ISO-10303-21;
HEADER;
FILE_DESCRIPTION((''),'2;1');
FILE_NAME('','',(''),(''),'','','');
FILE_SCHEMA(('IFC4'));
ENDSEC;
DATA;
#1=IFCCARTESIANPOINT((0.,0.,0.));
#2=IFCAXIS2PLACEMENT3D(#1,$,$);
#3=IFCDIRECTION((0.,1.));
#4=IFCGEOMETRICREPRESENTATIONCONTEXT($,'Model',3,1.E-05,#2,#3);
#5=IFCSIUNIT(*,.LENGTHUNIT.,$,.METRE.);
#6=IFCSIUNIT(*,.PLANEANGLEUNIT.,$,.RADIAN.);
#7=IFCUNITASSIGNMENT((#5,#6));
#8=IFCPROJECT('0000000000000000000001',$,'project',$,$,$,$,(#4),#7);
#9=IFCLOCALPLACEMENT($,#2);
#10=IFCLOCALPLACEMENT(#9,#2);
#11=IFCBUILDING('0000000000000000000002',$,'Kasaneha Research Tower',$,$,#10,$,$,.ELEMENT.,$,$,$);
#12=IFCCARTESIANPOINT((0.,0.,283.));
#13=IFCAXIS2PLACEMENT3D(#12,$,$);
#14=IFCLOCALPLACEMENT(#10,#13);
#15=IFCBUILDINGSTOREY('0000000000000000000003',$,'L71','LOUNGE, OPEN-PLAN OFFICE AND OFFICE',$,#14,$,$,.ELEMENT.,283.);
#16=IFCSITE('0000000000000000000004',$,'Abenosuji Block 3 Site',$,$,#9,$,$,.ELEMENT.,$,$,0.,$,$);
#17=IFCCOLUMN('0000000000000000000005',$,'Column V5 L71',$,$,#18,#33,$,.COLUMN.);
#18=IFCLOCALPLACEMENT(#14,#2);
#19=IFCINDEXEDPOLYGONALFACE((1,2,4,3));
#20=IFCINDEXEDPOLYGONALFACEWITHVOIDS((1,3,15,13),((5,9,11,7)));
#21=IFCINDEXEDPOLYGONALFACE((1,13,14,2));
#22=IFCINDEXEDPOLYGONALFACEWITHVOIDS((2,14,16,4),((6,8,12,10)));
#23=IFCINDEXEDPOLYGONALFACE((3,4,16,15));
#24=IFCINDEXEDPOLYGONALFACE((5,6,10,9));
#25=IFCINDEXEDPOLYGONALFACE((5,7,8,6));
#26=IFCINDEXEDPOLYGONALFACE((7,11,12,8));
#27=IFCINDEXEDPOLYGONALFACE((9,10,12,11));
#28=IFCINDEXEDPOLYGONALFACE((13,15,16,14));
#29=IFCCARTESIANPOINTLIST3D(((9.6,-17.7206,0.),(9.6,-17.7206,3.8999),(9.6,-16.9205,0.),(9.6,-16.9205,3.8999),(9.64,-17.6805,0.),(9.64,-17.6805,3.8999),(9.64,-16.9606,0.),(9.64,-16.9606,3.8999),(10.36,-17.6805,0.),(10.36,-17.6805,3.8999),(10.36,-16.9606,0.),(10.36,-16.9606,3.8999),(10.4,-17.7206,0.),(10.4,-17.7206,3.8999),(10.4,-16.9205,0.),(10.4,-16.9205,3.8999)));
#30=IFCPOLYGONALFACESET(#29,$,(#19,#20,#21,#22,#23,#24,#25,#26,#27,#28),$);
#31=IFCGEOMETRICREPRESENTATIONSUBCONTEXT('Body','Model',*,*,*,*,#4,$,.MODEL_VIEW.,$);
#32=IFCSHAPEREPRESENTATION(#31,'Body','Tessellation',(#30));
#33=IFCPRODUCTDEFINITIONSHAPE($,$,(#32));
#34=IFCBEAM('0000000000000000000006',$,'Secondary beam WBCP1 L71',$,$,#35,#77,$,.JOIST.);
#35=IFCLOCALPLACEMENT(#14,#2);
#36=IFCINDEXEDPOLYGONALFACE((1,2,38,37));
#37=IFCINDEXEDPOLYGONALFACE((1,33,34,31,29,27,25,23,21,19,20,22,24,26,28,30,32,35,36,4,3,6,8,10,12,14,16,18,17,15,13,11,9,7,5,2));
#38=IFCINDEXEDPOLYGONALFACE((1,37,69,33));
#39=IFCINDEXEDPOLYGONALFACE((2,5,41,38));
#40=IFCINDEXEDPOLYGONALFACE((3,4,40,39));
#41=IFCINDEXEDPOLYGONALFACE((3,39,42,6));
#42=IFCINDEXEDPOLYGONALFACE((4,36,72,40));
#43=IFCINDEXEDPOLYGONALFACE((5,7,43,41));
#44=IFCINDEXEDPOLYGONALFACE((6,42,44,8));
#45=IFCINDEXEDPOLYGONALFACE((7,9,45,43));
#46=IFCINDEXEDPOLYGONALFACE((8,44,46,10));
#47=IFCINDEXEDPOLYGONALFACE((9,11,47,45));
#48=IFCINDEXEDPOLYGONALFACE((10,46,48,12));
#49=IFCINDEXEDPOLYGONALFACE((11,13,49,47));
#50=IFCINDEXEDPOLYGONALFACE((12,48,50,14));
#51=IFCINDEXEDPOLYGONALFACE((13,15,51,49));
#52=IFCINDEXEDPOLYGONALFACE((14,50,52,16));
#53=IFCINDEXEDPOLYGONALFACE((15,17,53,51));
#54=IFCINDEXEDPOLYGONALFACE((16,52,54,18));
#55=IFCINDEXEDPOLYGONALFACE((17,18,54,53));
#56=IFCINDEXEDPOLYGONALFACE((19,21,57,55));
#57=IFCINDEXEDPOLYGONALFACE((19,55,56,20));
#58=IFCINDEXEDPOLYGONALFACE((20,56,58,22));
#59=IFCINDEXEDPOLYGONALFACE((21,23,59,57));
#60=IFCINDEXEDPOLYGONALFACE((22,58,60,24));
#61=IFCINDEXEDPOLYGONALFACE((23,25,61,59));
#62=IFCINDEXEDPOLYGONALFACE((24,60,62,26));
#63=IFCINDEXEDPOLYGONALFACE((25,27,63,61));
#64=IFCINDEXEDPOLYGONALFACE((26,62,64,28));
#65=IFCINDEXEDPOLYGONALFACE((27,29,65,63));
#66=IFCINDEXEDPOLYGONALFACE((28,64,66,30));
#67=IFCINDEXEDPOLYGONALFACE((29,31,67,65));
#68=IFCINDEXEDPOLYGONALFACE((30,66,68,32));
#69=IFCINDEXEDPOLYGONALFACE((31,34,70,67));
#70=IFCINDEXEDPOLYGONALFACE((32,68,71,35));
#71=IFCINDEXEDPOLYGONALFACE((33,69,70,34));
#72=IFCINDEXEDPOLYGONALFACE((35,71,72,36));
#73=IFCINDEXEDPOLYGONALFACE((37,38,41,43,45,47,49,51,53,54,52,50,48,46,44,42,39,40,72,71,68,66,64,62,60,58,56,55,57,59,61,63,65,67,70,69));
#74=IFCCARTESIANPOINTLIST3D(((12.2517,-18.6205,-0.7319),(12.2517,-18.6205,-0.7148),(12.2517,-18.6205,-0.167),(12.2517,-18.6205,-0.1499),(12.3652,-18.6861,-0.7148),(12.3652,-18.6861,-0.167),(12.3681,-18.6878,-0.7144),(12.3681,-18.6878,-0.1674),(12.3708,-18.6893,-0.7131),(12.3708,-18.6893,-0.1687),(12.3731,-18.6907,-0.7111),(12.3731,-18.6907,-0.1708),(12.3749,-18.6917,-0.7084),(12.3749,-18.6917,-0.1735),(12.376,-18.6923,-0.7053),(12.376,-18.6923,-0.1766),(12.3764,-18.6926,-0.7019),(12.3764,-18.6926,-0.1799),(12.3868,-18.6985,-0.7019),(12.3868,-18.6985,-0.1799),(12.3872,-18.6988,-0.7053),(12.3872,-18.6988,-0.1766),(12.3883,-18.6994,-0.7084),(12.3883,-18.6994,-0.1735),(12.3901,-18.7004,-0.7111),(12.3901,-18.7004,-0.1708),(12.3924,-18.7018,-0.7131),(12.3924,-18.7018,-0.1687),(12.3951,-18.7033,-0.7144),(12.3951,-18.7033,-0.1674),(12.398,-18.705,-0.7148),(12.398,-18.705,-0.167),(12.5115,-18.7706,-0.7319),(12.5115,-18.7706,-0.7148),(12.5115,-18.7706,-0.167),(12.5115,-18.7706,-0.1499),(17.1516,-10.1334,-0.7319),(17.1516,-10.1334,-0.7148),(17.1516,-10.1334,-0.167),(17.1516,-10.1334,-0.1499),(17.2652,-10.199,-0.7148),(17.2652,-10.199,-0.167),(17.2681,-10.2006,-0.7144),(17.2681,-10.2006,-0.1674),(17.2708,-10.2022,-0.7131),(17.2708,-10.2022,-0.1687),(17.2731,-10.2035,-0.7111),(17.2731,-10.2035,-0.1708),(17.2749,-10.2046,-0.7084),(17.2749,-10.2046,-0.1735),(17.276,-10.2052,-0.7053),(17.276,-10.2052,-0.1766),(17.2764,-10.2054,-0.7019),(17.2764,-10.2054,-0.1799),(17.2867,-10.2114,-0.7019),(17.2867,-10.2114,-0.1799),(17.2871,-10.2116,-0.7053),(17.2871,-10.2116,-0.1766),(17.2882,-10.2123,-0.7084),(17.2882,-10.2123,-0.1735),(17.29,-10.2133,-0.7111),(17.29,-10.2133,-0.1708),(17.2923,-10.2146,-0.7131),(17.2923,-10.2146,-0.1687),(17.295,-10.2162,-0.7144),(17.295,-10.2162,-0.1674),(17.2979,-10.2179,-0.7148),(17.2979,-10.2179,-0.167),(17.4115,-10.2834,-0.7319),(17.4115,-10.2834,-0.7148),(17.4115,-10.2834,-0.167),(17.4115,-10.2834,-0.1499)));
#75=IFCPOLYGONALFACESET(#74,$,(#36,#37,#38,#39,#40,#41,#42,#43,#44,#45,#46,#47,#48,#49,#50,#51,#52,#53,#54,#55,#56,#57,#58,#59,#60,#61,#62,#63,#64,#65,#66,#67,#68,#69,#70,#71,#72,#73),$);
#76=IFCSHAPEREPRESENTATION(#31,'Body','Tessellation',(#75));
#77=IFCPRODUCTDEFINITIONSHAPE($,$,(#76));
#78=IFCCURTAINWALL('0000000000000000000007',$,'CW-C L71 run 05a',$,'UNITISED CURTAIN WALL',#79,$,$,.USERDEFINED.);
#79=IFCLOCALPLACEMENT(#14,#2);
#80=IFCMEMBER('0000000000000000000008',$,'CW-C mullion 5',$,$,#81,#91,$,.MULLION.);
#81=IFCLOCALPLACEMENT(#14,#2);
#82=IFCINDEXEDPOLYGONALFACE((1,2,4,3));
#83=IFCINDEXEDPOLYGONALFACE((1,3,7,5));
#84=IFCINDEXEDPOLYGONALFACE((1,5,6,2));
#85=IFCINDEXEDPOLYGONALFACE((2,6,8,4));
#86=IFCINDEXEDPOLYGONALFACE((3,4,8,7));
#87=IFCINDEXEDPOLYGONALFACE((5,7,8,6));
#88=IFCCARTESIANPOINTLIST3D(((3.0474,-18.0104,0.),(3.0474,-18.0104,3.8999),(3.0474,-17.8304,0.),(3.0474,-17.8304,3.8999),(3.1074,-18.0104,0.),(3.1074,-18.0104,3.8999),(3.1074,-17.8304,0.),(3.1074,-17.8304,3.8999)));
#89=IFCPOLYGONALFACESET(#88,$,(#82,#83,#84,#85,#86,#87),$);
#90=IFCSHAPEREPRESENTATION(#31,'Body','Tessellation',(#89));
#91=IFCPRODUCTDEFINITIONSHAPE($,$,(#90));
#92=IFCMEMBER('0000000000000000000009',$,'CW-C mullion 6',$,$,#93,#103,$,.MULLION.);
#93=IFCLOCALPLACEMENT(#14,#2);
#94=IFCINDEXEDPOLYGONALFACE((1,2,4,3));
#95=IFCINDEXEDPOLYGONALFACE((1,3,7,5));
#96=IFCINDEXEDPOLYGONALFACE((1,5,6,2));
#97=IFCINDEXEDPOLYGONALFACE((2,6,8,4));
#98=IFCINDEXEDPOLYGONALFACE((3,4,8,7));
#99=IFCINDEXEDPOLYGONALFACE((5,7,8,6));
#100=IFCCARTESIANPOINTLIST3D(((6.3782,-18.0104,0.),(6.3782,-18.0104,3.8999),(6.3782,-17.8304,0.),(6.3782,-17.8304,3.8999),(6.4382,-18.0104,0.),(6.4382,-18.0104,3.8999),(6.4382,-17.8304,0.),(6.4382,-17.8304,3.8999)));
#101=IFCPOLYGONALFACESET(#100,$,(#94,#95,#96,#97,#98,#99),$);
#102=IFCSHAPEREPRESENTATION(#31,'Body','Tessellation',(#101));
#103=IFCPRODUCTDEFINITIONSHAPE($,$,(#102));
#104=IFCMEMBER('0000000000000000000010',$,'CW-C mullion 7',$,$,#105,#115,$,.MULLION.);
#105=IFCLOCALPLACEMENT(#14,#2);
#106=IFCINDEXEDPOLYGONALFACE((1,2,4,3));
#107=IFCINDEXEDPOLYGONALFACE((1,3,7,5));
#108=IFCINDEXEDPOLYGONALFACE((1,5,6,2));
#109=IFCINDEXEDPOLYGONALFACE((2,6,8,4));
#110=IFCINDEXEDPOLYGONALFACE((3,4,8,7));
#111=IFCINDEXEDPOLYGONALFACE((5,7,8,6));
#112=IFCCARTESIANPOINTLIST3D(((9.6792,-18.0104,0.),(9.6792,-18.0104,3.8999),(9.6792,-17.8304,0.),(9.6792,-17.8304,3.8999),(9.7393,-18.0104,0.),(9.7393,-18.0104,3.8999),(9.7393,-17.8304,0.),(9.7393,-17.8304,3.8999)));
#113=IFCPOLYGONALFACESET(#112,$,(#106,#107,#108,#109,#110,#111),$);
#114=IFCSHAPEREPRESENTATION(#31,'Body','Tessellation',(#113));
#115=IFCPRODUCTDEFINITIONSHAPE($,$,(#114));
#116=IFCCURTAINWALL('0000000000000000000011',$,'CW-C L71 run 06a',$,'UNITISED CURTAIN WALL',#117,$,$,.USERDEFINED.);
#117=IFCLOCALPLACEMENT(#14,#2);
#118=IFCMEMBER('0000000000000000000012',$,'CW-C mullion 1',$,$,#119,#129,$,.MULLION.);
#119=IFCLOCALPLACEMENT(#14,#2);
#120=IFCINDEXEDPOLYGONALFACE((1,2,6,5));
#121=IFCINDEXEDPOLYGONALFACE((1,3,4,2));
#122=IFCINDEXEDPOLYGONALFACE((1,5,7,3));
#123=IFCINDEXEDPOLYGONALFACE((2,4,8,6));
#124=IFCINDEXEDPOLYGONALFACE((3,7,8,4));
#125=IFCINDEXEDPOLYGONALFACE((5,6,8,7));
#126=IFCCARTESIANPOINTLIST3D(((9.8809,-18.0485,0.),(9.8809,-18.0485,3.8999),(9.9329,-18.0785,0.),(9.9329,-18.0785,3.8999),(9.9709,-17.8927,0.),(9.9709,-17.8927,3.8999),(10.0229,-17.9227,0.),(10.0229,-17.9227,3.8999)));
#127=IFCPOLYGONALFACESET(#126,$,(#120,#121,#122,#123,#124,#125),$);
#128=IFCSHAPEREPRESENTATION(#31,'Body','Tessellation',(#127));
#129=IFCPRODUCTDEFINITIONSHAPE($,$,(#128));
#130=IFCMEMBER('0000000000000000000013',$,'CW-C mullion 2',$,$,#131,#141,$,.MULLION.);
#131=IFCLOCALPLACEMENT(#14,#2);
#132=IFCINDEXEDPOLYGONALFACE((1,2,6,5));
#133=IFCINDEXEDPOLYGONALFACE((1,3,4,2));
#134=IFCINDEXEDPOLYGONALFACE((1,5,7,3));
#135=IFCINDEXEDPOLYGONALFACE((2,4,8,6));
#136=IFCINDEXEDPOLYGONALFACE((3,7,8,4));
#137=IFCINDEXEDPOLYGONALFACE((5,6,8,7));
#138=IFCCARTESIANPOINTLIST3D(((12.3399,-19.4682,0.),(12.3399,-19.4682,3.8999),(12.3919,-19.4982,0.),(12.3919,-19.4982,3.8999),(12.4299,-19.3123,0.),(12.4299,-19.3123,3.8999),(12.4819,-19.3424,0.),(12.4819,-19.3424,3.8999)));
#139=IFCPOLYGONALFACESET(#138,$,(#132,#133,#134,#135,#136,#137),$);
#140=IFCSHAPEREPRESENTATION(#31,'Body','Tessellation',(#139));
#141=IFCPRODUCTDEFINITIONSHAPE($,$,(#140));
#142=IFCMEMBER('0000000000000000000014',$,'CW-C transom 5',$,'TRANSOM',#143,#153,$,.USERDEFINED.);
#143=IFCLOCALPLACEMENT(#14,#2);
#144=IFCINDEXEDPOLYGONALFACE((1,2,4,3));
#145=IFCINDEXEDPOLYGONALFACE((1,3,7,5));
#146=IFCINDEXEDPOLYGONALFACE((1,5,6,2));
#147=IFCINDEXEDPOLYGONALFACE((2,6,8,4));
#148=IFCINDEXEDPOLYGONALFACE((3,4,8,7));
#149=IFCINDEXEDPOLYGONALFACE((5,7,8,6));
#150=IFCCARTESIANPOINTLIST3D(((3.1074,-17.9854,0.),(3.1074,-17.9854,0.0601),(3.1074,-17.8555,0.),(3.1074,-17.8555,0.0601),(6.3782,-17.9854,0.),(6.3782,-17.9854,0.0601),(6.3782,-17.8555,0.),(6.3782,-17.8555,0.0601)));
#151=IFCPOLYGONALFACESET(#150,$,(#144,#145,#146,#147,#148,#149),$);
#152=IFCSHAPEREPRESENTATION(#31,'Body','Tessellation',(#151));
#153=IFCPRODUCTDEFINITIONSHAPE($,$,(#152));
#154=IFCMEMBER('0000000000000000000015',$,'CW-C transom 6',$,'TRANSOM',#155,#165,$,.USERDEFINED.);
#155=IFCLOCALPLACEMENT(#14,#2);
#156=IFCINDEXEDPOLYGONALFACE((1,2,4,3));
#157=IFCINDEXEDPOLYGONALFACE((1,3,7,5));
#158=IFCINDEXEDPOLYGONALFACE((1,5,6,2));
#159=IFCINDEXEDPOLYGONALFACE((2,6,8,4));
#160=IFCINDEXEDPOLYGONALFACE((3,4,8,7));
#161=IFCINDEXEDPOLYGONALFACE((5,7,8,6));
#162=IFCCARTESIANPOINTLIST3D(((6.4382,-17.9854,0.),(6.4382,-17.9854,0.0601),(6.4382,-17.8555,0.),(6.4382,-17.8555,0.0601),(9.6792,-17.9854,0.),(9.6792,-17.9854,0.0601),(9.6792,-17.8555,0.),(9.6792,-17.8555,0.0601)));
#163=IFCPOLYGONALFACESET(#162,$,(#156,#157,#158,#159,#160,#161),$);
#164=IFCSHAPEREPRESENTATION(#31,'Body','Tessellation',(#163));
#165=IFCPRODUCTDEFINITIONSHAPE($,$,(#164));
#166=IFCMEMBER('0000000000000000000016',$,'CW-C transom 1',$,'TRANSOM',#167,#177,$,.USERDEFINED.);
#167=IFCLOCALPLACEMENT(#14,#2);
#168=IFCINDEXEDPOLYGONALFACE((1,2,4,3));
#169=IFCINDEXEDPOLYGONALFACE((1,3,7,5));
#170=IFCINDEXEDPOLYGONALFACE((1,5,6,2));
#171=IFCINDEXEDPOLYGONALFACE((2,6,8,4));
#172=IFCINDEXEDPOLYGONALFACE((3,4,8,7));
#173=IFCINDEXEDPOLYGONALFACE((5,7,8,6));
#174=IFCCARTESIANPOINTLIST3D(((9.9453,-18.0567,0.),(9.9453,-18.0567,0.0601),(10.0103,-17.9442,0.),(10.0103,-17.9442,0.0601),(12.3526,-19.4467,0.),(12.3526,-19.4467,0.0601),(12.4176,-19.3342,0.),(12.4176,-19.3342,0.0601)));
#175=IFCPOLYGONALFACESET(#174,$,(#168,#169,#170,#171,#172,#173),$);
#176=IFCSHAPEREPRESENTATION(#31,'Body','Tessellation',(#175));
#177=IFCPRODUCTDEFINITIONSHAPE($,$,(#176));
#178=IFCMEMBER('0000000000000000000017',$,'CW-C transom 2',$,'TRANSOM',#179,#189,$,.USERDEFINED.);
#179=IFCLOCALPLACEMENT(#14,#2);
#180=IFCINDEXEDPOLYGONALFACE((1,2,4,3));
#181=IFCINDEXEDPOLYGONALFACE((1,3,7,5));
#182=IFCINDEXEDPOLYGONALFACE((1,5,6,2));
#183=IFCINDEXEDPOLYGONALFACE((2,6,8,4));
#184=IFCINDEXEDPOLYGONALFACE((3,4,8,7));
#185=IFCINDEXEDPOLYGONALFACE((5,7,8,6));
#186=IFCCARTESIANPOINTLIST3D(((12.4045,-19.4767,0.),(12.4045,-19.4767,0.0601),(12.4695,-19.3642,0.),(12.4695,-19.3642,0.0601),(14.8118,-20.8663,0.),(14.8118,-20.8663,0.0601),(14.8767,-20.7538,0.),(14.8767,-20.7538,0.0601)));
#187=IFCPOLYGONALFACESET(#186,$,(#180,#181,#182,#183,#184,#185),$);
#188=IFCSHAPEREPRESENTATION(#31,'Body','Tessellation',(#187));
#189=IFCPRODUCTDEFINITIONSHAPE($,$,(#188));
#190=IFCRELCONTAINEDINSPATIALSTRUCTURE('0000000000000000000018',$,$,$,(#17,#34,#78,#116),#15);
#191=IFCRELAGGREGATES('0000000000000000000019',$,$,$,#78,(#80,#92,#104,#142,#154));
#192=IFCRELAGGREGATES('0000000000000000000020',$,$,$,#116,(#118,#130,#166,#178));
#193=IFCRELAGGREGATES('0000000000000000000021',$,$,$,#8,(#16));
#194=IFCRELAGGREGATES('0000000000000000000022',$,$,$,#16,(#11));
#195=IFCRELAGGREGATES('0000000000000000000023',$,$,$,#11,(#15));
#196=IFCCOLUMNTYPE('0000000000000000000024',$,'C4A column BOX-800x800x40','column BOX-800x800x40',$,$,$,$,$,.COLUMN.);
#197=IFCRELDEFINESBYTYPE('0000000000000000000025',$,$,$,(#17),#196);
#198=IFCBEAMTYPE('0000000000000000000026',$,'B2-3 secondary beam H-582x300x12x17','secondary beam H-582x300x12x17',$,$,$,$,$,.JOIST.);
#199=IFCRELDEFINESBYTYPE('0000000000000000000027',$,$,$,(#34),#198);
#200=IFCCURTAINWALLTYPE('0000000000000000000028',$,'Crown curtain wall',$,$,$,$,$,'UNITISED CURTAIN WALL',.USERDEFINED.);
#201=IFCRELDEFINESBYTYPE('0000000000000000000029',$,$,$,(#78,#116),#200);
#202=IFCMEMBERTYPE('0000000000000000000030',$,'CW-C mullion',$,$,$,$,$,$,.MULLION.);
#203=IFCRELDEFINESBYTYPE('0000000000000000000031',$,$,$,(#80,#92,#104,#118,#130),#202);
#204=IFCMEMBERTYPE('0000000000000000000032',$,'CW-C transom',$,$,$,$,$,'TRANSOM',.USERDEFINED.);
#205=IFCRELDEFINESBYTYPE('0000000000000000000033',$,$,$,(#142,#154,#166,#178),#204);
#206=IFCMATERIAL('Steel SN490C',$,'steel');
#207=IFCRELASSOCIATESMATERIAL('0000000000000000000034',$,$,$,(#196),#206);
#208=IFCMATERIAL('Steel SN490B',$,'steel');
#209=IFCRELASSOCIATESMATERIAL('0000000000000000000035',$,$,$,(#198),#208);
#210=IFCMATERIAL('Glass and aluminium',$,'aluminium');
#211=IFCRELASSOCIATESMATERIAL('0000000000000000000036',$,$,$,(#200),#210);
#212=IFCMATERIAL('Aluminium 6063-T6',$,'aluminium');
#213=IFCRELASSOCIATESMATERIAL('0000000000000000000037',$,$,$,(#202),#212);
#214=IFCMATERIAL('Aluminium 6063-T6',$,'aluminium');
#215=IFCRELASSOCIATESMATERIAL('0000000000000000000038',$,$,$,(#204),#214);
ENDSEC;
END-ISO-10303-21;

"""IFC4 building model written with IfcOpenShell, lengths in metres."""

from ifc_helpers import new_model, si_unit, direction, frame, origin, origin_2d, place, context, subcontext, project, spatial, rectangle, hollow_rectangle, i_section, extrude, material, material_profile, profile_set, type_object, element, aggregate, save


model = new_model("IFC4")

# Units and contexts
model_context = context("Model", 3, precision=1e-05, world=origin(), true_north=direction((0.0, 1.0)))
body_context = subcontext(model_context, "Body", "Model", "MODEL_VIEW")
ifc_project = project(units=[si_unit("LENGTHUNIT", "METRE"), si_unit("PLANEANGLEUNIT", "RADIAN")], contexts=[model_context])

# Site, building, storey
site_placement = place(None, origin())
site = spatial("IfcSite", under=ifc_project, at=site_placement, Name="Abenosuji Block 3 Site", CompositionType="ELEMENT", RefElevation=0.0)
building_placement = place(site_placement, origin())
building = spatial("IfcBuilding", under=site, at=building_placement, Name="Kasaneha Research Tower", CompositionType="ELEMENT")
storey_placement = place(building_placement, frame((0.0, 0.0, 283.0)))
storey = spatial("IfcBuildingStorey", under=building, at=storey_placement, Name="L71", Description="LOUNGE, OPEN-PLAN OFFICE AND OFFICE", CompositionType="ELEMENT", Elevation=283.0)

# Column
ifc_material_1 = material(Name="Steel SN490C", Category="steel")
ifc_material_profile_1 = material_profile(ifc_material_1, hollow_rectangle(XDim=0.8, YDim=0.8, WallThickness=0.04, at=origin_2d()), Name="BOX-800x800x40")
ifc_profile_set_1 = profile_set([ifc_material_profile_1], Name="Steel SN490C")
column_type = type_object("IfcColumnType", Name="C4A column BOX-800x800x40", Description="column BOX-800x800x40", PredefinedType="COLUMN", material=ifc_profile_set_1)
column_placement = place(storey_placement, frame((10.0, -17.3206, 0.0), z_axis=(0.0, 0.0, 1.0), x_axis=(1.0, 0.0, 0.0)))
element("IfcColumn", 1, at=column_placement, inside=storey, type_object=column_type, Name="Column V5 L71", PredefinedType="COLUMN", context=body_context, shape_type="SweptSolid", body=[
    extrude(hollow_rectangle(XDim=0.8, YDim=0.8, WallThickness=0.04, at=origin_2d()), origin(), (0.0, 0.0, 1.0), 3.8999),
])

# Beam
ifc_material_2 = material(Name="Steel SN490B", Category="steel")
ifc_material_profile_2 = material_profile(ifc_material_2, i_section(OverallWidth=0.3, OverallDepth=0.582, WebThickness=0.012, FlangeThickness=0.0171, FilletRadius=0.0129, at=origin_2d()), Name="H-582x300x12x17")
ifc_profile_set_2 = profile_set([ifc_material_profile_2], Name="Steel SN490B")
beam_type_1 = type_object("IfcBeamType", Name="B2-3 secondary beam H-582x300x12x17", Description="secondary beam H-582x300x12x17", PredefinedType="JOIST", material=ifc_profile_set_2)
beam_1_placement = place(storey_placement, frame((12.3816, -18.6956, -0.4409), z_axis=(0.499992, 0.86603, 0.0), x_axis=(-0.86603, 0.499992, 0.0)))
element("IfcBeam", 2, at=beam_1_placement, inside=storey, type_object=beam_type_1, Name="Secondary beam WBCP1 L71", PredefinedType="JOIST", context=body_context, shape_type="SweptSolid", body=[
    extrude(i_section(OverallWidth=0.3, OverallDepth=0.582, WebThickness=0.012, FlangeThickness=0.0171, FilletRadius=0.0129, at=origin_2d()), origin(), (0.0, 0.0, 1.0), 9.8),
])

# Curtain walls, members
ifc_material_3 = material(Name="Glass and aluminium", Category="aluminium")
curtain_wall_type = type_object("IfcCurtainWallType", Name="Crown curtain wall", ElementType="UNITISED CURTAIN WALL", PredefinedType="USERDEFINED", material=ifc_material_3)
curtain_wall_1_placement = place(storey_placement, origin())
curtain_wall_1 = element("IfcCurtainWall", 3, at=curtain_wall_1_placement, inside=storey, type_object=curtain_wall_type, Name="CW-C L71 run 05a", ObjectType="UNITISED CURTAIN WALL", PredefinedType="USERDEFINED")
ifc_material_4 = material(Name="Aluminium 6063-T6", Category="aluminium")
ifc_material_profile_3 = material_profile(ifc_material_4, rectangle(XDim=0.0601, YDim=0.1799, at=origin_2d()), Name="CW-C mullion 60x180")
ifc_profile_set_3 = profile_set([ifc_material_profile_3], Name="Aluminium 6063-T6")
member_type_1 = type_object("IfcMemberType", Name="CW-C mullion", PredefinedType="MULLION", material=ifc_profile_set_3)
member_1_placement = place(storey_placement, frame((3.0774, -17.9204, 0.0), z_axis=(0.0, 0.0, 1.0), x_axis=(1.0, 0.0, 0.0)))
member_1 = element("IfcMember", 4, at=member_1_placement, type_object=member_type_1, Name="CW-C mullion 5", PredefinedType="MULLION", context=body_context, shape_type="SweptSolid", body=[
    extrude(rectangle(XDim=0.0601, YDim=0.1799, at=origin_2d()), origin(), (0.0, 0.0, 1.0), 3.8999),
])
member_2_placement = place(storey_placement, frame((6.4082, -17.9204, 0.0), z_axis=(0.0, 0.0, 1.0), x_axis=(1.0, 0.0, 0.0)))
member_2 = element("IfcMember", 5, at=member_2_placement, type_object=member_type_1, Name="CW-C mullion 6", PredefinedType="MULLION", context=body_context, shape_type="SweptSolid", body=[
    extrude(rectangle(XDim=0.0601, YDim=0.1799, at=origin_2d()), origin(), (0.0, 0.0, 1.0), 3.8999),
])
member_3_placement = place(storey_placement, frame((9.7092, -17.9204, 0.0), z_axis=(0.0, 0.0, 1.0), x_axis=(1.0, 0.0, 0.0)))
member_3 = element("IfcMember", 6, at=member_3_placement, type_object=member_type_1, Name="CW-C mullion 7", PredefinedType="MULLION", context=body_context, shape_type="SweptSolid", body=[
    extrude(rectangle(XDim=0.0601, YDim=0.1799, at=origin_2d()), origin(), (0.0, 0.0, 1.0), 3.8999),
])
curtain_wall_2_placement = place(storey_placement, origin())
curtain_wall_2 = element("IfcCurtainWall", 7, at=curtain_wall_2_placement, inside=storey, type_object=curtain_wall_type, Name="CW-C L71 run 06a", ObjectType="UNITISED CURTAIN WALL", PredefinedType="USERDEFINED")
member_4_placement = place(storey_placement, frame((9.9519, -17.9856, 0.0), z_axis=(0.0, 0.0, 1.0), x_axis=(0.866025, -0.5, 0.0)))
member_4 = element("IfcMember", 8, at=member_4_placement, type_object=member_type_1, Name="CW-C mullion 1", PredefinedType="MULLION", context=body_context, shape_type="SweptSolid", body=[
    extrude(rectangle(XDim=0.0601, YDim=0.1799, at=origin_2d()), origin(), (0.0, 0.0, 1.0), 3.8999),
])
member_5_placement = place(storey_placement, frame((12.4109, -19.4053, 0.0), z_axis=(0.0, 0.0, 1.0), x_axis=(0.866025, -0.5, 0.0)))
member_5 = element("IfcMember", 9, at=member_5_placement, type_object=member_type_1, Name="CW-C mullion 2", PredefinedType="MULLION", context=body_context, shape_type="SweptSolid", body=[
    extrude(rectangle(XDim=0.0601, YDim=0.1799, at=origin_2d()), origin(), (0.0, 0.0, 1.0), 3.8999),
])

# Members
ifc_material_5 = material(Name="Aluminium 6063-T6", Category="aluminium")
ifc_material_profile_4 = material_profile(ifc_material_5, rectangle(XDim=0.1299, YDim=0.0601, at=origin_2d()), Name="CW-C transom 130x60")
ifc_profile_set_4 = profile_set([ifc_material_profile_4], Name="Aluminium 6063-T6")
member_type_2 = type_object("IfcMemberType", Name="CW-C transom", ElementType="TRANSOM", PredefinedType="USERDEFINED", material=ifc_profile_set_4)
member_6_placement = place(storey_placement, frame((3.1074, -17.9204, 0.03), z_axis=(1.0, 0.0, 0.0), x_axis=(0.0, 1.0, 0.0)))
member_6 = element("IfcMember", 10, at=member_6_placement, type_object=member_type_2, Name="CW-C transom 5", ObjectType="TRANSOM", PredefinedType="USERDEFINED", context=body_context, shape_type="SweptSolid", body=[
    extrude(rectangle(XDim=0.1299, YDim=0.0601, at=origin_2d()), origin(), (0.0, 0.0, 1.0), 3.2708),
])
member_7_placement = place(storey_placement, frame((6.4382, -17.9204, 0.03), z_axis=(1.0, 0.0, 0.0), x_axis=(0.0, 1.0, 0.0)))
member_7 = element("IfcMember", 11, at=member_7_placement, type_object=member_type_2, Name="CW-C transom 6", ObjectType="TRANSOM", PredefinedType="USERDEFINED", context=body_context, shape_type="SweptSolid", body=[
    extrude(rectangle(XDim=0.1299, YDim=0.0601, at=origin_2d()), origin(), (0.0, 0.0, 1.0), 3.241),
])
member_8_placement = place(storey_placement, frame((9.9778, -18.0005, 0.03), z_axis=(0.866013, -0.500021, 0.0), x_axis=(0.500021, 0.866013, 0.0)))
member_8 = element("IfcMember", 12, at=member_8_placement, type_object=member_type_2, Name="CW-C transom 1", ObjectType="TRANSOM", PredefinedType="USERDEFINED", context=body_context, shape_type="SweptSolid", body=[
    extrude(rectangle(XDim=0.1299, YDim=0.0601, at=origin_2d()), origin(), (0.0, 0.0, 1.0), 2.7798),
])
member_9_placement = place(storey_placement, frame((12.437, -19.4204, 0.03), z_axis=(0.866051, -0.499956, 0.0), x_axis=(0.499956, 0.866051, 0.0)))
member_9 = element("IfcMember", 13, at=member_9_placement, type_object=member_type_2, Name="CW-C transom 2", ObjectType="TRANSOM", PredefinedType="USERDEFINED", context=body_context, shape_type="SweptSolid", body=[
    extrude(rectangle(XDim=0.1299, YDim=0.0601, at=origin_2d()), origin(), (0.0, 0.0, 1.0), 2.7795),
])

aggregate(curtain_wall_1, [member_1, member_2, member_3, member_6, member_7])
aggregate(curtain_wall_2, [member_4, member_5, member_8, member_9])

save(model, "model.ifc")
